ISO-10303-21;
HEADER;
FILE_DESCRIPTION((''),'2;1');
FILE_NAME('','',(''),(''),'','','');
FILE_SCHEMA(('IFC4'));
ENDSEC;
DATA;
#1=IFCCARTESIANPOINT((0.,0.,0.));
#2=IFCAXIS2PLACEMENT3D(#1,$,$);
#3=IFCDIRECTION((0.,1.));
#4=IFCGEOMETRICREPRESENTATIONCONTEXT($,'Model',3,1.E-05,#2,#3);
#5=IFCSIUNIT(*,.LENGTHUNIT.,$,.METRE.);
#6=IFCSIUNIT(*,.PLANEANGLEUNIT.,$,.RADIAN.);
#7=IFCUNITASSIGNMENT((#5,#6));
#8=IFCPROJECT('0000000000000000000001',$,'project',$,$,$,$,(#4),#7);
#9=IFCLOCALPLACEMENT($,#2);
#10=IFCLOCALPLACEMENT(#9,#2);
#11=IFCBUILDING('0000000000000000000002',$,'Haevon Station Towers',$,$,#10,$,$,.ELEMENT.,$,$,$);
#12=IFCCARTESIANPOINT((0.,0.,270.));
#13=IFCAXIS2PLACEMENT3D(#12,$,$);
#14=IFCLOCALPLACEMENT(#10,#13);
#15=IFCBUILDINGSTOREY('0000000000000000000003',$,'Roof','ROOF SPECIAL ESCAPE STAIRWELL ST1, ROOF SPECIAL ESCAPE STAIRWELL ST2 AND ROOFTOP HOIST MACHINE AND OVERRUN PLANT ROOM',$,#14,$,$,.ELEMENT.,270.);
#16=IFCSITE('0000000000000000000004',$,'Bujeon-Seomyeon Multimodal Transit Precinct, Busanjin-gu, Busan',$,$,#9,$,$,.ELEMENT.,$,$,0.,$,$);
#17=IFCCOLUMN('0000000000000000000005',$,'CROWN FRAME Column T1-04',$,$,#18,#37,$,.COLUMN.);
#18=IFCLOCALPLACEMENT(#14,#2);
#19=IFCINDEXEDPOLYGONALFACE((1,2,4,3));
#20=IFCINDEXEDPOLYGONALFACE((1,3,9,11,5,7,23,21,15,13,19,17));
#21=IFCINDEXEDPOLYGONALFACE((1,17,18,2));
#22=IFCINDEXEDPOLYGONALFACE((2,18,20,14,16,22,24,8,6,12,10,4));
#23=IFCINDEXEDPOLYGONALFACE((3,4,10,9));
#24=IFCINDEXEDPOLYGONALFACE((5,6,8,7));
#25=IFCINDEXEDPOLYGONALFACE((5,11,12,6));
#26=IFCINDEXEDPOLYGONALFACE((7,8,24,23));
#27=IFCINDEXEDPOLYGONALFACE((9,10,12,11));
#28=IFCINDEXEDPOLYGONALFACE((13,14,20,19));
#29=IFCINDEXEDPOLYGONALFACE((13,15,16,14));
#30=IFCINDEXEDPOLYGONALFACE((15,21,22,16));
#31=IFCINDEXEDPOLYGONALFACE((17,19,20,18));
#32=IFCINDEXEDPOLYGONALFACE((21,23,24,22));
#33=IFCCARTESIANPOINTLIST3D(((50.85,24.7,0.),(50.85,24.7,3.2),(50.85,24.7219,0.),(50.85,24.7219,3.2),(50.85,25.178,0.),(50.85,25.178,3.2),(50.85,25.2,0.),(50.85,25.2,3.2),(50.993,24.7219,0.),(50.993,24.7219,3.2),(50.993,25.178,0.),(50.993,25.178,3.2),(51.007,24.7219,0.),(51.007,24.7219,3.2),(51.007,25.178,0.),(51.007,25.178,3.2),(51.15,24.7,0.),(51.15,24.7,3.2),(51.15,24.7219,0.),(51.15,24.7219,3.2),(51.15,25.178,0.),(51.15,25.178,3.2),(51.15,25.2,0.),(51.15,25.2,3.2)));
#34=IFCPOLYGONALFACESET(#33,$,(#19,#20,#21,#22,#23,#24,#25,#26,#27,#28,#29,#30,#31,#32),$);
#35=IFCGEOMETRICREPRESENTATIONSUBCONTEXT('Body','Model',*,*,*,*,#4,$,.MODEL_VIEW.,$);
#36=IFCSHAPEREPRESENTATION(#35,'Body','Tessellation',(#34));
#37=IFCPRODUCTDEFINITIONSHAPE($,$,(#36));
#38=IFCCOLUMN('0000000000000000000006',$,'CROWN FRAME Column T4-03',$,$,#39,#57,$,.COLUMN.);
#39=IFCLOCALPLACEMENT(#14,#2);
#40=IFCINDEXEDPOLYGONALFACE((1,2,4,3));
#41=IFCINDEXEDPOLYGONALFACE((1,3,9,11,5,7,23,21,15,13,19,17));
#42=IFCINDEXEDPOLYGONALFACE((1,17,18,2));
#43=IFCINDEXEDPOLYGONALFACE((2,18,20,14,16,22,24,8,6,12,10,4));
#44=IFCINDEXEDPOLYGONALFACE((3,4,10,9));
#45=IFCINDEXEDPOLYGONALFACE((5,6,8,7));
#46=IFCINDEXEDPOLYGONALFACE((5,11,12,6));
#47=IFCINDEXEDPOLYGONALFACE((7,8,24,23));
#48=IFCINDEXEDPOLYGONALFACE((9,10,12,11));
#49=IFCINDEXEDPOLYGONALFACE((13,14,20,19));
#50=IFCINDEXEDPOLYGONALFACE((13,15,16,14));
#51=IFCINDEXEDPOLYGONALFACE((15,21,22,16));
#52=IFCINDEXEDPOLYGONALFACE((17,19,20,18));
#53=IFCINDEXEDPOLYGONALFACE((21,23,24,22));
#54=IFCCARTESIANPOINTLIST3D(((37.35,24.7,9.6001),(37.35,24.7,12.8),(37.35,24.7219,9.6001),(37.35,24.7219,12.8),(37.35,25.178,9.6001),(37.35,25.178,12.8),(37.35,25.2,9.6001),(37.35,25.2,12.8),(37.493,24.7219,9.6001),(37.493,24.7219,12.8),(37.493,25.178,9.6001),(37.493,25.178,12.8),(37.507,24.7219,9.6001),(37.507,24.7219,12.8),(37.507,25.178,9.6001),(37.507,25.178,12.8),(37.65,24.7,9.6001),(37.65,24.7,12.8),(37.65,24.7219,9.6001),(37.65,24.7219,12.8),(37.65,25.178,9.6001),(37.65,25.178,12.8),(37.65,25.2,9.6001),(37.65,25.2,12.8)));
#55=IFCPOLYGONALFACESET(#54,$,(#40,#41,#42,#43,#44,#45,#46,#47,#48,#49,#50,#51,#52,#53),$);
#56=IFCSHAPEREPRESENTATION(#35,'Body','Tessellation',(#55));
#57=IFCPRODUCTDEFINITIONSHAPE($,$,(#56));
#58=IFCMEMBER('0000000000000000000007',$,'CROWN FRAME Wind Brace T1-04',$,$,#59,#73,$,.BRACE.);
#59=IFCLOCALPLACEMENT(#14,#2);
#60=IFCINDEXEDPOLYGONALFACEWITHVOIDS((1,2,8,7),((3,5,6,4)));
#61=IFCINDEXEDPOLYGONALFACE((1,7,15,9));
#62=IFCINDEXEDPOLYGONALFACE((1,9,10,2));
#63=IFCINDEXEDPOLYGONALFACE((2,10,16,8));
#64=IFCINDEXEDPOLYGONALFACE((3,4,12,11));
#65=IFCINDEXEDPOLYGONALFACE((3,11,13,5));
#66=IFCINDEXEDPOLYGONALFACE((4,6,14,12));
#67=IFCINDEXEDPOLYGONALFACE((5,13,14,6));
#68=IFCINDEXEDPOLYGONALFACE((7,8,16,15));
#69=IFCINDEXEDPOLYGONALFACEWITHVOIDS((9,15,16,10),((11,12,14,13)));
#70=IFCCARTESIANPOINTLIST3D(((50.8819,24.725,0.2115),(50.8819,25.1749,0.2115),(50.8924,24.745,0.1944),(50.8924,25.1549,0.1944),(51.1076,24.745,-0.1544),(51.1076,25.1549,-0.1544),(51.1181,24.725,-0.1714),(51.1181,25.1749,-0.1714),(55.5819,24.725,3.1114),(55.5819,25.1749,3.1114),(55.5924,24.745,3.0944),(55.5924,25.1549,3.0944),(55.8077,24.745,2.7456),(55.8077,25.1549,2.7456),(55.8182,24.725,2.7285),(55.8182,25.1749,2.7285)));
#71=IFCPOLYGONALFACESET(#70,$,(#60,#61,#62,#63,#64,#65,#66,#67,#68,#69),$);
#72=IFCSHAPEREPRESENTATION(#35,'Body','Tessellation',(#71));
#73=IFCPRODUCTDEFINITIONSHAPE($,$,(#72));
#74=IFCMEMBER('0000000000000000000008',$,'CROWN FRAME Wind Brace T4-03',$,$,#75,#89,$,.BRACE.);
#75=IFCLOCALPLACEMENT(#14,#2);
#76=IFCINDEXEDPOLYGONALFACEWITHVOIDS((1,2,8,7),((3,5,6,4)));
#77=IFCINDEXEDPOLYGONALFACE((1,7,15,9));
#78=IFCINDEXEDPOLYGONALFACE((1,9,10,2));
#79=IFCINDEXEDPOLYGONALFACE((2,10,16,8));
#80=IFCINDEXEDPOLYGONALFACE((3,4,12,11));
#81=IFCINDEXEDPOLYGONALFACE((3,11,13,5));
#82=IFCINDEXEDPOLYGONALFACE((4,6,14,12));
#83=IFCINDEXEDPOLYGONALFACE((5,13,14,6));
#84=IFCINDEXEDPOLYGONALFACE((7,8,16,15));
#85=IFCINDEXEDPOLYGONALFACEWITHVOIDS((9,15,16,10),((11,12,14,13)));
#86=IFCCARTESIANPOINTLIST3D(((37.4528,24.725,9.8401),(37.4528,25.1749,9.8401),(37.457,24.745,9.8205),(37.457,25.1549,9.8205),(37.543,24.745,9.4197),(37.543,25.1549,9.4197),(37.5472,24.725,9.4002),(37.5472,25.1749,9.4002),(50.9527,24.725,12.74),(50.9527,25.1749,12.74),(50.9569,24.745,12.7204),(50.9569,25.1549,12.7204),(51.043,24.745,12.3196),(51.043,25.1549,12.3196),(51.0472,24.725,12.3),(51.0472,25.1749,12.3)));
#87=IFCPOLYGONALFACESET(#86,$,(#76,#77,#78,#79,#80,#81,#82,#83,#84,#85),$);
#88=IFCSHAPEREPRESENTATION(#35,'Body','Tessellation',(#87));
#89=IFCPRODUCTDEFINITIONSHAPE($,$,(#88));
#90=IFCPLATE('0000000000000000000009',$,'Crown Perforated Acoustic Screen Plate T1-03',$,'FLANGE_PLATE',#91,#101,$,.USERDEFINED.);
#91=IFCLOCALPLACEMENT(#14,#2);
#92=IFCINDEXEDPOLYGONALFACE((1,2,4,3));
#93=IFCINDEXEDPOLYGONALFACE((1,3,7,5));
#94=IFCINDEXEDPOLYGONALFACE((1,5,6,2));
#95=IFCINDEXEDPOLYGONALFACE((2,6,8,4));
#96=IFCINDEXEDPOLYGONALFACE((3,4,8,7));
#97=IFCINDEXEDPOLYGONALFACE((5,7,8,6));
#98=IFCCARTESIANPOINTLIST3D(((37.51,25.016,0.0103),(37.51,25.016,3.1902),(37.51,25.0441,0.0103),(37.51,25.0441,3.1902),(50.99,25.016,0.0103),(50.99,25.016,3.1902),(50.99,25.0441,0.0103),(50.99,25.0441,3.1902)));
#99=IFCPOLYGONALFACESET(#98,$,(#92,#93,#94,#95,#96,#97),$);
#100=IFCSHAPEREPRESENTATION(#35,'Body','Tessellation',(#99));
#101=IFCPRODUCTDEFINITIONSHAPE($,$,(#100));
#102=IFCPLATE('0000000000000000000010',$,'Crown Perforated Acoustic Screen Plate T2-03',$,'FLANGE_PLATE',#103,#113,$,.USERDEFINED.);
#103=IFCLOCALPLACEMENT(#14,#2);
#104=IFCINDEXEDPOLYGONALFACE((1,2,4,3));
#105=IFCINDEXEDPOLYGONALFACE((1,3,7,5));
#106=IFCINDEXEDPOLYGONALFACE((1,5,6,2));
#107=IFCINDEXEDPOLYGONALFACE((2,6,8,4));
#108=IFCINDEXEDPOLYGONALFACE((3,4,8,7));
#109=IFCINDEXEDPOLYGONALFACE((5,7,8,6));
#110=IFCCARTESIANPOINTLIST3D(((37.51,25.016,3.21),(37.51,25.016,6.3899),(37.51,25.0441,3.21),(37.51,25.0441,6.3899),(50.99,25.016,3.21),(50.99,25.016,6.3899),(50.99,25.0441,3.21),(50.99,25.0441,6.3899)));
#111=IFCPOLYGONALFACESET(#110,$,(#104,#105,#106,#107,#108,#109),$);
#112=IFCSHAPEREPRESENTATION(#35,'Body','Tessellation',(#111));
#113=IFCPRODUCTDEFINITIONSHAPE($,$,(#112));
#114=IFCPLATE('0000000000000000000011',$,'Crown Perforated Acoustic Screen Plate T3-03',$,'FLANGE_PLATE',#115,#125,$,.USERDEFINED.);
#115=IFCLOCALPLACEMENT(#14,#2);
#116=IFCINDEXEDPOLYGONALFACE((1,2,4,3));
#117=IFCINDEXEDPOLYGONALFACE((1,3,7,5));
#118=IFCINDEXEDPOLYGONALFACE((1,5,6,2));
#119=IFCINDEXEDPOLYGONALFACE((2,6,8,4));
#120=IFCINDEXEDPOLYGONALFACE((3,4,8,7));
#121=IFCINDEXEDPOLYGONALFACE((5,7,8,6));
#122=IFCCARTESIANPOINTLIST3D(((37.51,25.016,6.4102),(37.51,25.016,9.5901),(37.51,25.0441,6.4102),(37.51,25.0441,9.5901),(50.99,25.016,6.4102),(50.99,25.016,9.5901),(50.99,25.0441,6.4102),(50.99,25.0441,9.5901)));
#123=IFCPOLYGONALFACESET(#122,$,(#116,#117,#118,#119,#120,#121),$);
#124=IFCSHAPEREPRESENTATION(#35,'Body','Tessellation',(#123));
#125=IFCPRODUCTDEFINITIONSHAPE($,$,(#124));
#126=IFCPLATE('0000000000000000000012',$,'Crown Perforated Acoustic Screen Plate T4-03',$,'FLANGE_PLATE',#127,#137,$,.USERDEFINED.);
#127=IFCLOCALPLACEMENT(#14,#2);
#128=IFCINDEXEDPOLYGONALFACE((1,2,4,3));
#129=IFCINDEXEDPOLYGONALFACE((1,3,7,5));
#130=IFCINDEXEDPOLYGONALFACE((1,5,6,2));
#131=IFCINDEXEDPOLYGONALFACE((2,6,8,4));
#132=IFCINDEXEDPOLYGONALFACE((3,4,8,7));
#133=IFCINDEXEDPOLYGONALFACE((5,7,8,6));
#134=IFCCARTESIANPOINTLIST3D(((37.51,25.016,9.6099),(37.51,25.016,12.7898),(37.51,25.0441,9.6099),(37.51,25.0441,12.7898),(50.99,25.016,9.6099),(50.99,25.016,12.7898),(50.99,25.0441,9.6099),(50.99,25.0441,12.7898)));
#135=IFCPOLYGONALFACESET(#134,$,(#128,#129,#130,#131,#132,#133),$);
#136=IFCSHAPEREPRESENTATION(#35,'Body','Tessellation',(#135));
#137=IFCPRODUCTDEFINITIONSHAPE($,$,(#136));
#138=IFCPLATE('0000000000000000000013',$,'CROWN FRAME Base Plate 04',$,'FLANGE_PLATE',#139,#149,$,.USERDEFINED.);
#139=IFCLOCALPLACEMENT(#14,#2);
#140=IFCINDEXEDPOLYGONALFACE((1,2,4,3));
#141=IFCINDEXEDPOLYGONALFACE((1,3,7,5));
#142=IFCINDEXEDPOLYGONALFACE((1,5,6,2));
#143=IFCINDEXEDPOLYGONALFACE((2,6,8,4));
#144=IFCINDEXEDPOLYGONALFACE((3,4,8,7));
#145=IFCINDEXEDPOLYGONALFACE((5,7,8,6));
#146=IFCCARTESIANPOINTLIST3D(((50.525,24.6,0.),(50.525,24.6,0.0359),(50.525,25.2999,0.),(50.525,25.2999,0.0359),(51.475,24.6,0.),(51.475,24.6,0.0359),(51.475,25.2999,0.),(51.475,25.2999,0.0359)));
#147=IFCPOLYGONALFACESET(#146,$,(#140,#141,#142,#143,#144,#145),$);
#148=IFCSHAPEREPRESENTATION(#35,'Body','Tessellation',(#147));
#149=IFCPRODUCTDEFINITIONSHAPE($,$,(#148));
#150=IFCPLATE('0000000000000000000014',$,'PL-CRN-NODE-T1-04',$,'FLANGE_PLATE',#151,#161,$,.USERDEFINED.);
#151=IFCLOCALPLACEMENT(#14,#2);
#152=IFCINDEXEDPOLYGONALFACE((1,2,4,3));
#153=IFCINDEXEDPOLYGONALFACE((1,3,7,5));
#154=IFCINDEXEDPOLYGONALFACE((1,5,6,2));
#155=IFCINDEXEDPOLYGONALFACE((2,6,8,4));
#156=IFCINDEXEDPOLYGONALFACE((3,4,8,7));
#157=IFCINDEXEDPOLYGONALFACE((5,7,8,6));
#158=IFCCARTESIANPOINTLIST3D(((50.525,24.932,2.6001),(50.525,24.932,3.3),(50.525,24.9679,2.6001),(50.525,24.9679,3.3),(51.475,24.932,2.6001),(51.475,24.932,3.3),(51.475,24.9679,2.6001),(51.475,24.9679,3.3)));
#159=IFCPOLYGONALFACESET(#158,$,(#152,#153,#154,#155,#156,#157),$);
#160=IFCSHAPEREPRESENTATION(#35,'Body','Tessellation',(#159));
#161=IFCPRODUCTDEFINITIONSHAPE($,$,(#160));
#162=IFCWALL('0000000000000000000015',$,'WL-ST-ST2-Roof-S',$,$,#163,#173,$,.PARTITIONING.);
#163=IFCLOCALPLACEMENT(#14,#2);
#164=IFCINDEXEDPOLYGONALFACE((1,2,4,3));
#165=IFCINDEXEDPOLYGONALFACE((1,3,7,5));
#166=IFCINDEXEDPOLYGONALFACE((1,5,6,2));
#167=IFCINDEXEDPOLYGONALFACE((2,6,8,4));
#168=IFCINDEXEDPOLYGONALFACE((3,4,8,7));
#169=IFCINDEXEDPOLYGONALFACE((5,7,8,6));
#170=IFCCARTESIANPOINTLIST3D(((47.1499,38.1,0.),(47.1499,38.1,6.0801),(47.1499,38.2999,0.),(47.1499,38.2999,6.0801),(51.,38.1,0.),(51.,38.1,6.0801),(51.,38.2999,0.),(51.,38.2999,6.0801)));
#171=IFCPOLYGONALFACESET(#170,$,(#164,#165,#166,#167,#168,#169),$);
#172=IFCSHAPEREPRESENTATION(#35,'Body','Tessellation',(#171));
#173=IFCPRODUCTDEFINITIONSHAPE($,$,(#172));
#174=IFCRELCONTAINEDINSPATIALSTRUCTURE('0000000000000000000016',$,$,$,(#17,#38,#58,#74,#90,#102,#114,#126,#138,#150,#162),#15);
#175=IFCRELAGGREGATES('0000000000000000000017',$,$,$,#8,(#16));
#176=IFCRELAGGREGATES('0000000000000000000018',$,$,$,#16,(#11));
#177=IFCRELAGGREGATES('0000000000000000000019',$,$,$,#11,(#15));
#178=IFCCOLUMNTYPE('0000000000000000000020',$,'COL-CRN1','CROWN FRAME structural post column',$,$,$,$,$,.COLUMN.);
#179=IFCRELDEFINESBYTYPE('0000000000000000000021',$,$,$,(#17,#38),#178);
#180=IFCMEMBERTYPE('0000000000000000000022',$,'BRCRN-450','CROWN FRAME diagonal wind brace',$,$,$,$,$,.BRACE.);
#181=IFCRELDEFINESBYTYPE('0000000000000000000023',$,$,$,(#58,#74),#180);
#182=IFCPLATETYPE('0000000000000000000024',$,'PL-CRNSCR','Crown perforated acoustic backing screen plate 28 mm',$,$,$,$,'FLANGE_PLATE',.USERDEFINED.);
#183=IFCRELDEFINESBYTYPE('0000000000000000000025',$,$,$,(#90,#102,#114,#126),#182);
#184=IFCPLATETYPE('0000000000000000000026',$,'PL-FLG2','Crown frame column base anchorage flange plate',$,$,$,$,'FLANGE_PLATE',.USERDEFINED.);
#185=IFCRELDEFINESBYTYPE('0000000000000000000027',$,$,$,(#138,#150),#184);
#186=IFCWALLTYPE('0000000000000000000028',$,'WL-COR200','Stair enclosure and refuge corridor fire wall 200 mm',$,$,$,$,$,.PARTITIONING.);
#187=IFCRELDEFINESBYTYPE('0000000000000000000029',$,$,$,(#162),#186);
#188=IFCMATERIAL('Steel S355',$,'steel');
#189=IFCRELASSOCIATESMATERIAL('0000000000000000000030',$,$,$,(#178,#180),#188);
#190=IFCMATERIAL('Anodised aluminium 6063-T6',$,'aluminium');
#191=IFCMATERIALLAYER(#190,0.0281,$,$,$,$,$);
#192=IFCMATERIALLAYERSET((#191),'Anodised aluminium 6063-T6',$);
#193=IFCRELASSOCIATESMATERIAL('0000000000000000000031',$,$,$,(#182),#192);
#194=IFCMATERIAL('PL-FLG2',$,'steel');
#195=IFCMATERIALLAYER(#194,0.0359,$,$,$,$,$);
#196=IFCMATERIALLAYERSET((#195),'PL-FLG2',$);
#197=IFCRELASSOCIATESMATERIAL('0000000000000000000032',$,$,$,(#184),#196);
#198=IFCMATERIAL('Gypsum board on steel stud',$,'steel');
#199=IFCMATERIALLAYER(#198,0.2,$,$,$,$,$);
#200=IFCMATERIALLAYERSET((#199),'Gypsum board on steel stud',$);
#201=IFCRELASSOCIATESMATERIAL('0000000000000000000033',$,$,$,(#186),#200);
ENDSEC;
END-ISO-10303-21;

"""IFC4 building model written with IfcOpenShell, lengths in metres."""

from ifc_helpers import new_model, si_unit, direction, frame, frame_2d, origin, origin_2d, place, context, subcontext, project, spatial, rectangle, hollow_rectangle, i_section, extrude, material, layer, layer_set, material_profile, profile_set, type_object, element, save


model = new_model("IFC4")

# Units and contexts
model_context = context("Model", 3, precision=1e-05, world=origin(), true_north=direction((0.0, 1.0)))
body_context = subcontext(model_context, "Body", "Model", "MODEL_VIEW")
ifc_project = project(units=[si_unit("LENGTHUNIT", "METRE"), si_unit("PLANEANGLEUNIT", "RADIAN")], contexts=[model_context])

# Site, building, storey
site_placement = place(None, origin())
site = spatial("IfcSite", under=ifc_project, at=site_placement, Name="Bujeon-Seomyeon Multimodal Transit Precinct, Busanjin-gu, Busan", CompositionType="ELEMENT", RefElevation=0.0)
building_placement = place(site_placement, origin())
building = spatial("IfcBuilding", under=site, at=building_placement, Name="Haevon Station Towers", CompositionType="ELEMENT")
storey_placement = place(building_placement, frame((0.0, 0.0, 270.0)))
storey = spatial("IfcBuildingStorey", under=building, at=storey_placement, Name="Roof", Description="ROOF SPECIAL ESCAPE STAIRWELL ST1, ROOF SPECIAL ESCAPE STAIRWELL ST2 AND ROOFTOP HOIST MACHINE AND OVERRUN PLANT ROOM", CompositionType="ELEMENT", Elevation=270.0)

# Columns
ifc_material_1 = material(Name="Steel S355", Category="steel")
ifc_material_profile_1 = material_profile(ifc_material_1, i_section(OverallWidth=0.3, OverallDepth=0.5, WebThickness=0.0139, FlangeThickness=0.022, at=origin_2d()), Name="H-500x300x14x22")
ifc_profile_set_1 = profile_set([ifc_material_profile_1], Name="Steel S355")
column_type = type_object("IfcColumnType", Name="COL-CRN1", Description="CROWN FRAME structural post column", PredefinedType="COLUMN", material=ifc_profile_set_1)
for number, where, z_axis, x_axis, name in (
    (1, (51.0, 24.95, 0.0), (0.0, 0.0, 1.0), (1.0, 0.0, 0.0), "CROWN FRAME Column T1-04"),
    (2, (37.5, 24.95, 9.6001), (0.0, 0.0, 1.0), (1.0, 0.0, 0.0), "CROWN FRAME Column T4-03"),
):
    element("IfcColumn", number, at=place(storey_placement, frame(where, z_axis=z_axis, x_axis=x_axis)), inside=storey, type_object=column_type, Name=name, PredefinedType="COLUMN", context=body_context, shape_type="SweptSolid", body=[
        extrude(i_section(OverallWidth=0.3, OverallDepth=0.5, WebThickness=0.0139, FlangeThickness=0.022, at=origin_2d()), origin(), (0.0, 0.0, 1.0), 3.2),
    ])

# Members
ifc_material_profile_2 = material_profile(ifc_material_1, hollow_rectangle(XDim=0.45, YDim=0.45, WallThickness=0.02, at=origin_2d()), Name="RHS-450x450x20")
ifc_profile_set_2 = profile_set([ifc_material_profile_2], Name="Steel S355")
member_type = type_object("IfcMemberType", Name="BRCRN-450", Description="CROWN FRAME diagonal wind brace", PredefinedType="BRACE", material=ifc_profile_set_2)
member_1_placement = place(storey_placement, frame((51.0, 24.95, 0.02), z_axis=(0.851041, 0.0, 0.525098), x_axis=(0.0, 1.0, 0.0)))
element("IfcMember", 3, at=member_1_placement, inside=storey, type_object=member_type, Name="CROWN FRAME Wind Brace T1-04", PredefinedType="BRACE", context=body_context, shape_type="SweptSolid", body=[
    extrude(hollow_rectangle(XDim=0.45, YDim=0.45, WallThickness=0.02, at=origin_2d()), origin(), (0.0, 0.0, 1.0), 5.5227),
])
member_2_placement = place(storey_placement, frame((37.5, 24.95, 9.6201), z_axis=(0.977698, 0.0, 0.210017), x_axis=(0.0, 1.0, 0.0)))
element("IfcMember", 4, at=member_2_placement, inside=storey, type_object=member_type, Name="CROWN FRAME Wind Brace T4-03", PredefinedType="BRACE", context=body_context, shape_type="SweptSolid", body=[
    extrude(hollow_rectangle(XDim=0.45, YDim=0.45, WallThickness=0.02, at=origin_2d()), origin(), (0.0, 0.0, 1.0), 13.8079),
])

# Plates
ifc_material_2 = material(Name="Anodised aluminium 6063-T6", Category="aluminium")
ifc_layer_1 = layer(ifc_material_2, 0.0281)
ifc_layer_set_1 = layer_set([ifc_layer_1], Name="Anodised aluminium 6063-T6")
plate_type_1 = type_object("IfcPlateType", Name="PL-CRNSCR", Description="Crown perforated acoustic backing screen plate 28 mm", ElementType="FLANGE_PLATE", PredefinedType="USERDEFINED", material=ifc_layer_set_1)
for number, where, z_axis, x_axis, name in (
    (5, (44.25, 25.03, 0.0103), (0.0, 0.0, 1.0), (1.0, 0.0, 0.0), "Crown Perforated Acoustic Screen Plate T1-03"),
    (6, (44.25, 25.03, 3.21), (0.0, 0.0, 1.0), (1.0, 0.0, 0.0), "Crown Perforated Acoustic Screen Plate T2-03"),
    (7, (44.25, 25.03, 6.4102), (0.0, 0.0, 1.0), (1.0, 0.0, 0.0), "Crown Perforated Acoustic Screen Plate T3-03"),
    (8, (44.25, 25.03, 9.6099), (0.0, 0.0, 1.0), (1.0, 0.0, 0.0), "Crown Perforated Acoustic Screen Plate T4-03"),
):
    element("IfcPlate", number, at=place(storey_placement, frame(where, z_axis=z_axis, x_axis=x_axis)), inside=storey, type_object=plate_type_1, Name=name, ObjectType="FLANGE_PLATE", PredefinedType="USERDEFINED", context=body_context, shape_type="SweptSolid", body=[
        extrude(rectangle(XDim=13.48, YDim=0.0281, at=origin_2d()), origin(), (0.0, 0.0, 1.0), 3.1799),
    ])
ifc_material_3 = material(Name="PL-FLG2", Category="steel")
ifc_layer_2 = layer(ifc_material_3, 0.0359)
ifc_layer_set_2 = layer_set([ifc_layer_2], Name="PL-FLG2")
plate_type_2 = type_object("IfcPlateType", Name="PL-FLG2", Description="Crown frame column base anchorage flange plate", ElementType="FLANGE_PLATE", PredefinedType="USERDEFINED", material=ifc_layer_set_2)
plate_1_placement = place(storey_placement, frame((51.0, 24.95, 0.0), z_axis=(0.0, 0.0, 1.0), x_axis=(1.0, 0.0, 0.0)))
element("IfcPlate", 9, at=plate_1_placement, inside=storey, type_object=plate_type_2, Name="CROWN FRAME Base Plate 04", ObjectType="FLANGE_PLATE", PredefinedType="USERDEFINED", context=body_context, shape_type="SweptSolid", body=[
    extrude(rectangle(XDim=0.95, YDim=0.7, at=origin_2d()), origin(), (0.0, 0.0, 1.0), 0.0359),
])
plate_2_placement = place(storey_placement, frame((51.0, 24.95, 2.6001), z_axis=(0.0, 0.0, 1.0), x_axis=(1.0, 0.0, 0.0)))
element("IfcPlate", 10, at=plate_2_placement, inside=storey, type_object=plate_type_2, Name="PL-CRN-NODE-T1-04", ObjectType="FLANGE_PLATE", PredefinedType="USERDEFINED", context=body_context, shape_type="SweptSolid", body=[
    extrude(rectangle(XDim=0.95, YDim=0.0359, at=origin_2d()), origin(), (0.0, 0.0, 1.0), 0.7),
])

# Wall
ifc_material_4 = material(Name="Gypsum board on steel stud", Category="steel")
ifc_layer_3 = layer(ifc_material_4, 0.2)
ifc_layer_set_3 = layer_set([ifc_layer_3], Name="Gypsum board on steel stud")
wall_type_1 = type_object("IfcWallType", Name="WL-COR200", Description="Stair enclosure and refuge corridor fire wall 200 mm", PredefinedType="PARTITIONING", material=ifc_layer_set_3)
wall_1_placement = place(storey_placement, frame((47.1499, 38.2, 0.0), z_axis=(0.0, 0.0, 1.0), x_axis=(1.0, 0.0, 0.0)))
element("IfcWall", 11, at=wall_1_placement, inside=storey, type_object=wall_type_1, Name="WL-ST-ST2-Roof-S", PredefinedType="PARTITIONING", context=body_context, shape_type="SweptSolid", body=[
    extrude(rectangle(XDim=3.8501, YDim=0.2, at=frame_2d((1.925, 0.0))), origin(), (0.0, 0.0, 1.0), 6.0801),
])

save(model, "model.ifc")
